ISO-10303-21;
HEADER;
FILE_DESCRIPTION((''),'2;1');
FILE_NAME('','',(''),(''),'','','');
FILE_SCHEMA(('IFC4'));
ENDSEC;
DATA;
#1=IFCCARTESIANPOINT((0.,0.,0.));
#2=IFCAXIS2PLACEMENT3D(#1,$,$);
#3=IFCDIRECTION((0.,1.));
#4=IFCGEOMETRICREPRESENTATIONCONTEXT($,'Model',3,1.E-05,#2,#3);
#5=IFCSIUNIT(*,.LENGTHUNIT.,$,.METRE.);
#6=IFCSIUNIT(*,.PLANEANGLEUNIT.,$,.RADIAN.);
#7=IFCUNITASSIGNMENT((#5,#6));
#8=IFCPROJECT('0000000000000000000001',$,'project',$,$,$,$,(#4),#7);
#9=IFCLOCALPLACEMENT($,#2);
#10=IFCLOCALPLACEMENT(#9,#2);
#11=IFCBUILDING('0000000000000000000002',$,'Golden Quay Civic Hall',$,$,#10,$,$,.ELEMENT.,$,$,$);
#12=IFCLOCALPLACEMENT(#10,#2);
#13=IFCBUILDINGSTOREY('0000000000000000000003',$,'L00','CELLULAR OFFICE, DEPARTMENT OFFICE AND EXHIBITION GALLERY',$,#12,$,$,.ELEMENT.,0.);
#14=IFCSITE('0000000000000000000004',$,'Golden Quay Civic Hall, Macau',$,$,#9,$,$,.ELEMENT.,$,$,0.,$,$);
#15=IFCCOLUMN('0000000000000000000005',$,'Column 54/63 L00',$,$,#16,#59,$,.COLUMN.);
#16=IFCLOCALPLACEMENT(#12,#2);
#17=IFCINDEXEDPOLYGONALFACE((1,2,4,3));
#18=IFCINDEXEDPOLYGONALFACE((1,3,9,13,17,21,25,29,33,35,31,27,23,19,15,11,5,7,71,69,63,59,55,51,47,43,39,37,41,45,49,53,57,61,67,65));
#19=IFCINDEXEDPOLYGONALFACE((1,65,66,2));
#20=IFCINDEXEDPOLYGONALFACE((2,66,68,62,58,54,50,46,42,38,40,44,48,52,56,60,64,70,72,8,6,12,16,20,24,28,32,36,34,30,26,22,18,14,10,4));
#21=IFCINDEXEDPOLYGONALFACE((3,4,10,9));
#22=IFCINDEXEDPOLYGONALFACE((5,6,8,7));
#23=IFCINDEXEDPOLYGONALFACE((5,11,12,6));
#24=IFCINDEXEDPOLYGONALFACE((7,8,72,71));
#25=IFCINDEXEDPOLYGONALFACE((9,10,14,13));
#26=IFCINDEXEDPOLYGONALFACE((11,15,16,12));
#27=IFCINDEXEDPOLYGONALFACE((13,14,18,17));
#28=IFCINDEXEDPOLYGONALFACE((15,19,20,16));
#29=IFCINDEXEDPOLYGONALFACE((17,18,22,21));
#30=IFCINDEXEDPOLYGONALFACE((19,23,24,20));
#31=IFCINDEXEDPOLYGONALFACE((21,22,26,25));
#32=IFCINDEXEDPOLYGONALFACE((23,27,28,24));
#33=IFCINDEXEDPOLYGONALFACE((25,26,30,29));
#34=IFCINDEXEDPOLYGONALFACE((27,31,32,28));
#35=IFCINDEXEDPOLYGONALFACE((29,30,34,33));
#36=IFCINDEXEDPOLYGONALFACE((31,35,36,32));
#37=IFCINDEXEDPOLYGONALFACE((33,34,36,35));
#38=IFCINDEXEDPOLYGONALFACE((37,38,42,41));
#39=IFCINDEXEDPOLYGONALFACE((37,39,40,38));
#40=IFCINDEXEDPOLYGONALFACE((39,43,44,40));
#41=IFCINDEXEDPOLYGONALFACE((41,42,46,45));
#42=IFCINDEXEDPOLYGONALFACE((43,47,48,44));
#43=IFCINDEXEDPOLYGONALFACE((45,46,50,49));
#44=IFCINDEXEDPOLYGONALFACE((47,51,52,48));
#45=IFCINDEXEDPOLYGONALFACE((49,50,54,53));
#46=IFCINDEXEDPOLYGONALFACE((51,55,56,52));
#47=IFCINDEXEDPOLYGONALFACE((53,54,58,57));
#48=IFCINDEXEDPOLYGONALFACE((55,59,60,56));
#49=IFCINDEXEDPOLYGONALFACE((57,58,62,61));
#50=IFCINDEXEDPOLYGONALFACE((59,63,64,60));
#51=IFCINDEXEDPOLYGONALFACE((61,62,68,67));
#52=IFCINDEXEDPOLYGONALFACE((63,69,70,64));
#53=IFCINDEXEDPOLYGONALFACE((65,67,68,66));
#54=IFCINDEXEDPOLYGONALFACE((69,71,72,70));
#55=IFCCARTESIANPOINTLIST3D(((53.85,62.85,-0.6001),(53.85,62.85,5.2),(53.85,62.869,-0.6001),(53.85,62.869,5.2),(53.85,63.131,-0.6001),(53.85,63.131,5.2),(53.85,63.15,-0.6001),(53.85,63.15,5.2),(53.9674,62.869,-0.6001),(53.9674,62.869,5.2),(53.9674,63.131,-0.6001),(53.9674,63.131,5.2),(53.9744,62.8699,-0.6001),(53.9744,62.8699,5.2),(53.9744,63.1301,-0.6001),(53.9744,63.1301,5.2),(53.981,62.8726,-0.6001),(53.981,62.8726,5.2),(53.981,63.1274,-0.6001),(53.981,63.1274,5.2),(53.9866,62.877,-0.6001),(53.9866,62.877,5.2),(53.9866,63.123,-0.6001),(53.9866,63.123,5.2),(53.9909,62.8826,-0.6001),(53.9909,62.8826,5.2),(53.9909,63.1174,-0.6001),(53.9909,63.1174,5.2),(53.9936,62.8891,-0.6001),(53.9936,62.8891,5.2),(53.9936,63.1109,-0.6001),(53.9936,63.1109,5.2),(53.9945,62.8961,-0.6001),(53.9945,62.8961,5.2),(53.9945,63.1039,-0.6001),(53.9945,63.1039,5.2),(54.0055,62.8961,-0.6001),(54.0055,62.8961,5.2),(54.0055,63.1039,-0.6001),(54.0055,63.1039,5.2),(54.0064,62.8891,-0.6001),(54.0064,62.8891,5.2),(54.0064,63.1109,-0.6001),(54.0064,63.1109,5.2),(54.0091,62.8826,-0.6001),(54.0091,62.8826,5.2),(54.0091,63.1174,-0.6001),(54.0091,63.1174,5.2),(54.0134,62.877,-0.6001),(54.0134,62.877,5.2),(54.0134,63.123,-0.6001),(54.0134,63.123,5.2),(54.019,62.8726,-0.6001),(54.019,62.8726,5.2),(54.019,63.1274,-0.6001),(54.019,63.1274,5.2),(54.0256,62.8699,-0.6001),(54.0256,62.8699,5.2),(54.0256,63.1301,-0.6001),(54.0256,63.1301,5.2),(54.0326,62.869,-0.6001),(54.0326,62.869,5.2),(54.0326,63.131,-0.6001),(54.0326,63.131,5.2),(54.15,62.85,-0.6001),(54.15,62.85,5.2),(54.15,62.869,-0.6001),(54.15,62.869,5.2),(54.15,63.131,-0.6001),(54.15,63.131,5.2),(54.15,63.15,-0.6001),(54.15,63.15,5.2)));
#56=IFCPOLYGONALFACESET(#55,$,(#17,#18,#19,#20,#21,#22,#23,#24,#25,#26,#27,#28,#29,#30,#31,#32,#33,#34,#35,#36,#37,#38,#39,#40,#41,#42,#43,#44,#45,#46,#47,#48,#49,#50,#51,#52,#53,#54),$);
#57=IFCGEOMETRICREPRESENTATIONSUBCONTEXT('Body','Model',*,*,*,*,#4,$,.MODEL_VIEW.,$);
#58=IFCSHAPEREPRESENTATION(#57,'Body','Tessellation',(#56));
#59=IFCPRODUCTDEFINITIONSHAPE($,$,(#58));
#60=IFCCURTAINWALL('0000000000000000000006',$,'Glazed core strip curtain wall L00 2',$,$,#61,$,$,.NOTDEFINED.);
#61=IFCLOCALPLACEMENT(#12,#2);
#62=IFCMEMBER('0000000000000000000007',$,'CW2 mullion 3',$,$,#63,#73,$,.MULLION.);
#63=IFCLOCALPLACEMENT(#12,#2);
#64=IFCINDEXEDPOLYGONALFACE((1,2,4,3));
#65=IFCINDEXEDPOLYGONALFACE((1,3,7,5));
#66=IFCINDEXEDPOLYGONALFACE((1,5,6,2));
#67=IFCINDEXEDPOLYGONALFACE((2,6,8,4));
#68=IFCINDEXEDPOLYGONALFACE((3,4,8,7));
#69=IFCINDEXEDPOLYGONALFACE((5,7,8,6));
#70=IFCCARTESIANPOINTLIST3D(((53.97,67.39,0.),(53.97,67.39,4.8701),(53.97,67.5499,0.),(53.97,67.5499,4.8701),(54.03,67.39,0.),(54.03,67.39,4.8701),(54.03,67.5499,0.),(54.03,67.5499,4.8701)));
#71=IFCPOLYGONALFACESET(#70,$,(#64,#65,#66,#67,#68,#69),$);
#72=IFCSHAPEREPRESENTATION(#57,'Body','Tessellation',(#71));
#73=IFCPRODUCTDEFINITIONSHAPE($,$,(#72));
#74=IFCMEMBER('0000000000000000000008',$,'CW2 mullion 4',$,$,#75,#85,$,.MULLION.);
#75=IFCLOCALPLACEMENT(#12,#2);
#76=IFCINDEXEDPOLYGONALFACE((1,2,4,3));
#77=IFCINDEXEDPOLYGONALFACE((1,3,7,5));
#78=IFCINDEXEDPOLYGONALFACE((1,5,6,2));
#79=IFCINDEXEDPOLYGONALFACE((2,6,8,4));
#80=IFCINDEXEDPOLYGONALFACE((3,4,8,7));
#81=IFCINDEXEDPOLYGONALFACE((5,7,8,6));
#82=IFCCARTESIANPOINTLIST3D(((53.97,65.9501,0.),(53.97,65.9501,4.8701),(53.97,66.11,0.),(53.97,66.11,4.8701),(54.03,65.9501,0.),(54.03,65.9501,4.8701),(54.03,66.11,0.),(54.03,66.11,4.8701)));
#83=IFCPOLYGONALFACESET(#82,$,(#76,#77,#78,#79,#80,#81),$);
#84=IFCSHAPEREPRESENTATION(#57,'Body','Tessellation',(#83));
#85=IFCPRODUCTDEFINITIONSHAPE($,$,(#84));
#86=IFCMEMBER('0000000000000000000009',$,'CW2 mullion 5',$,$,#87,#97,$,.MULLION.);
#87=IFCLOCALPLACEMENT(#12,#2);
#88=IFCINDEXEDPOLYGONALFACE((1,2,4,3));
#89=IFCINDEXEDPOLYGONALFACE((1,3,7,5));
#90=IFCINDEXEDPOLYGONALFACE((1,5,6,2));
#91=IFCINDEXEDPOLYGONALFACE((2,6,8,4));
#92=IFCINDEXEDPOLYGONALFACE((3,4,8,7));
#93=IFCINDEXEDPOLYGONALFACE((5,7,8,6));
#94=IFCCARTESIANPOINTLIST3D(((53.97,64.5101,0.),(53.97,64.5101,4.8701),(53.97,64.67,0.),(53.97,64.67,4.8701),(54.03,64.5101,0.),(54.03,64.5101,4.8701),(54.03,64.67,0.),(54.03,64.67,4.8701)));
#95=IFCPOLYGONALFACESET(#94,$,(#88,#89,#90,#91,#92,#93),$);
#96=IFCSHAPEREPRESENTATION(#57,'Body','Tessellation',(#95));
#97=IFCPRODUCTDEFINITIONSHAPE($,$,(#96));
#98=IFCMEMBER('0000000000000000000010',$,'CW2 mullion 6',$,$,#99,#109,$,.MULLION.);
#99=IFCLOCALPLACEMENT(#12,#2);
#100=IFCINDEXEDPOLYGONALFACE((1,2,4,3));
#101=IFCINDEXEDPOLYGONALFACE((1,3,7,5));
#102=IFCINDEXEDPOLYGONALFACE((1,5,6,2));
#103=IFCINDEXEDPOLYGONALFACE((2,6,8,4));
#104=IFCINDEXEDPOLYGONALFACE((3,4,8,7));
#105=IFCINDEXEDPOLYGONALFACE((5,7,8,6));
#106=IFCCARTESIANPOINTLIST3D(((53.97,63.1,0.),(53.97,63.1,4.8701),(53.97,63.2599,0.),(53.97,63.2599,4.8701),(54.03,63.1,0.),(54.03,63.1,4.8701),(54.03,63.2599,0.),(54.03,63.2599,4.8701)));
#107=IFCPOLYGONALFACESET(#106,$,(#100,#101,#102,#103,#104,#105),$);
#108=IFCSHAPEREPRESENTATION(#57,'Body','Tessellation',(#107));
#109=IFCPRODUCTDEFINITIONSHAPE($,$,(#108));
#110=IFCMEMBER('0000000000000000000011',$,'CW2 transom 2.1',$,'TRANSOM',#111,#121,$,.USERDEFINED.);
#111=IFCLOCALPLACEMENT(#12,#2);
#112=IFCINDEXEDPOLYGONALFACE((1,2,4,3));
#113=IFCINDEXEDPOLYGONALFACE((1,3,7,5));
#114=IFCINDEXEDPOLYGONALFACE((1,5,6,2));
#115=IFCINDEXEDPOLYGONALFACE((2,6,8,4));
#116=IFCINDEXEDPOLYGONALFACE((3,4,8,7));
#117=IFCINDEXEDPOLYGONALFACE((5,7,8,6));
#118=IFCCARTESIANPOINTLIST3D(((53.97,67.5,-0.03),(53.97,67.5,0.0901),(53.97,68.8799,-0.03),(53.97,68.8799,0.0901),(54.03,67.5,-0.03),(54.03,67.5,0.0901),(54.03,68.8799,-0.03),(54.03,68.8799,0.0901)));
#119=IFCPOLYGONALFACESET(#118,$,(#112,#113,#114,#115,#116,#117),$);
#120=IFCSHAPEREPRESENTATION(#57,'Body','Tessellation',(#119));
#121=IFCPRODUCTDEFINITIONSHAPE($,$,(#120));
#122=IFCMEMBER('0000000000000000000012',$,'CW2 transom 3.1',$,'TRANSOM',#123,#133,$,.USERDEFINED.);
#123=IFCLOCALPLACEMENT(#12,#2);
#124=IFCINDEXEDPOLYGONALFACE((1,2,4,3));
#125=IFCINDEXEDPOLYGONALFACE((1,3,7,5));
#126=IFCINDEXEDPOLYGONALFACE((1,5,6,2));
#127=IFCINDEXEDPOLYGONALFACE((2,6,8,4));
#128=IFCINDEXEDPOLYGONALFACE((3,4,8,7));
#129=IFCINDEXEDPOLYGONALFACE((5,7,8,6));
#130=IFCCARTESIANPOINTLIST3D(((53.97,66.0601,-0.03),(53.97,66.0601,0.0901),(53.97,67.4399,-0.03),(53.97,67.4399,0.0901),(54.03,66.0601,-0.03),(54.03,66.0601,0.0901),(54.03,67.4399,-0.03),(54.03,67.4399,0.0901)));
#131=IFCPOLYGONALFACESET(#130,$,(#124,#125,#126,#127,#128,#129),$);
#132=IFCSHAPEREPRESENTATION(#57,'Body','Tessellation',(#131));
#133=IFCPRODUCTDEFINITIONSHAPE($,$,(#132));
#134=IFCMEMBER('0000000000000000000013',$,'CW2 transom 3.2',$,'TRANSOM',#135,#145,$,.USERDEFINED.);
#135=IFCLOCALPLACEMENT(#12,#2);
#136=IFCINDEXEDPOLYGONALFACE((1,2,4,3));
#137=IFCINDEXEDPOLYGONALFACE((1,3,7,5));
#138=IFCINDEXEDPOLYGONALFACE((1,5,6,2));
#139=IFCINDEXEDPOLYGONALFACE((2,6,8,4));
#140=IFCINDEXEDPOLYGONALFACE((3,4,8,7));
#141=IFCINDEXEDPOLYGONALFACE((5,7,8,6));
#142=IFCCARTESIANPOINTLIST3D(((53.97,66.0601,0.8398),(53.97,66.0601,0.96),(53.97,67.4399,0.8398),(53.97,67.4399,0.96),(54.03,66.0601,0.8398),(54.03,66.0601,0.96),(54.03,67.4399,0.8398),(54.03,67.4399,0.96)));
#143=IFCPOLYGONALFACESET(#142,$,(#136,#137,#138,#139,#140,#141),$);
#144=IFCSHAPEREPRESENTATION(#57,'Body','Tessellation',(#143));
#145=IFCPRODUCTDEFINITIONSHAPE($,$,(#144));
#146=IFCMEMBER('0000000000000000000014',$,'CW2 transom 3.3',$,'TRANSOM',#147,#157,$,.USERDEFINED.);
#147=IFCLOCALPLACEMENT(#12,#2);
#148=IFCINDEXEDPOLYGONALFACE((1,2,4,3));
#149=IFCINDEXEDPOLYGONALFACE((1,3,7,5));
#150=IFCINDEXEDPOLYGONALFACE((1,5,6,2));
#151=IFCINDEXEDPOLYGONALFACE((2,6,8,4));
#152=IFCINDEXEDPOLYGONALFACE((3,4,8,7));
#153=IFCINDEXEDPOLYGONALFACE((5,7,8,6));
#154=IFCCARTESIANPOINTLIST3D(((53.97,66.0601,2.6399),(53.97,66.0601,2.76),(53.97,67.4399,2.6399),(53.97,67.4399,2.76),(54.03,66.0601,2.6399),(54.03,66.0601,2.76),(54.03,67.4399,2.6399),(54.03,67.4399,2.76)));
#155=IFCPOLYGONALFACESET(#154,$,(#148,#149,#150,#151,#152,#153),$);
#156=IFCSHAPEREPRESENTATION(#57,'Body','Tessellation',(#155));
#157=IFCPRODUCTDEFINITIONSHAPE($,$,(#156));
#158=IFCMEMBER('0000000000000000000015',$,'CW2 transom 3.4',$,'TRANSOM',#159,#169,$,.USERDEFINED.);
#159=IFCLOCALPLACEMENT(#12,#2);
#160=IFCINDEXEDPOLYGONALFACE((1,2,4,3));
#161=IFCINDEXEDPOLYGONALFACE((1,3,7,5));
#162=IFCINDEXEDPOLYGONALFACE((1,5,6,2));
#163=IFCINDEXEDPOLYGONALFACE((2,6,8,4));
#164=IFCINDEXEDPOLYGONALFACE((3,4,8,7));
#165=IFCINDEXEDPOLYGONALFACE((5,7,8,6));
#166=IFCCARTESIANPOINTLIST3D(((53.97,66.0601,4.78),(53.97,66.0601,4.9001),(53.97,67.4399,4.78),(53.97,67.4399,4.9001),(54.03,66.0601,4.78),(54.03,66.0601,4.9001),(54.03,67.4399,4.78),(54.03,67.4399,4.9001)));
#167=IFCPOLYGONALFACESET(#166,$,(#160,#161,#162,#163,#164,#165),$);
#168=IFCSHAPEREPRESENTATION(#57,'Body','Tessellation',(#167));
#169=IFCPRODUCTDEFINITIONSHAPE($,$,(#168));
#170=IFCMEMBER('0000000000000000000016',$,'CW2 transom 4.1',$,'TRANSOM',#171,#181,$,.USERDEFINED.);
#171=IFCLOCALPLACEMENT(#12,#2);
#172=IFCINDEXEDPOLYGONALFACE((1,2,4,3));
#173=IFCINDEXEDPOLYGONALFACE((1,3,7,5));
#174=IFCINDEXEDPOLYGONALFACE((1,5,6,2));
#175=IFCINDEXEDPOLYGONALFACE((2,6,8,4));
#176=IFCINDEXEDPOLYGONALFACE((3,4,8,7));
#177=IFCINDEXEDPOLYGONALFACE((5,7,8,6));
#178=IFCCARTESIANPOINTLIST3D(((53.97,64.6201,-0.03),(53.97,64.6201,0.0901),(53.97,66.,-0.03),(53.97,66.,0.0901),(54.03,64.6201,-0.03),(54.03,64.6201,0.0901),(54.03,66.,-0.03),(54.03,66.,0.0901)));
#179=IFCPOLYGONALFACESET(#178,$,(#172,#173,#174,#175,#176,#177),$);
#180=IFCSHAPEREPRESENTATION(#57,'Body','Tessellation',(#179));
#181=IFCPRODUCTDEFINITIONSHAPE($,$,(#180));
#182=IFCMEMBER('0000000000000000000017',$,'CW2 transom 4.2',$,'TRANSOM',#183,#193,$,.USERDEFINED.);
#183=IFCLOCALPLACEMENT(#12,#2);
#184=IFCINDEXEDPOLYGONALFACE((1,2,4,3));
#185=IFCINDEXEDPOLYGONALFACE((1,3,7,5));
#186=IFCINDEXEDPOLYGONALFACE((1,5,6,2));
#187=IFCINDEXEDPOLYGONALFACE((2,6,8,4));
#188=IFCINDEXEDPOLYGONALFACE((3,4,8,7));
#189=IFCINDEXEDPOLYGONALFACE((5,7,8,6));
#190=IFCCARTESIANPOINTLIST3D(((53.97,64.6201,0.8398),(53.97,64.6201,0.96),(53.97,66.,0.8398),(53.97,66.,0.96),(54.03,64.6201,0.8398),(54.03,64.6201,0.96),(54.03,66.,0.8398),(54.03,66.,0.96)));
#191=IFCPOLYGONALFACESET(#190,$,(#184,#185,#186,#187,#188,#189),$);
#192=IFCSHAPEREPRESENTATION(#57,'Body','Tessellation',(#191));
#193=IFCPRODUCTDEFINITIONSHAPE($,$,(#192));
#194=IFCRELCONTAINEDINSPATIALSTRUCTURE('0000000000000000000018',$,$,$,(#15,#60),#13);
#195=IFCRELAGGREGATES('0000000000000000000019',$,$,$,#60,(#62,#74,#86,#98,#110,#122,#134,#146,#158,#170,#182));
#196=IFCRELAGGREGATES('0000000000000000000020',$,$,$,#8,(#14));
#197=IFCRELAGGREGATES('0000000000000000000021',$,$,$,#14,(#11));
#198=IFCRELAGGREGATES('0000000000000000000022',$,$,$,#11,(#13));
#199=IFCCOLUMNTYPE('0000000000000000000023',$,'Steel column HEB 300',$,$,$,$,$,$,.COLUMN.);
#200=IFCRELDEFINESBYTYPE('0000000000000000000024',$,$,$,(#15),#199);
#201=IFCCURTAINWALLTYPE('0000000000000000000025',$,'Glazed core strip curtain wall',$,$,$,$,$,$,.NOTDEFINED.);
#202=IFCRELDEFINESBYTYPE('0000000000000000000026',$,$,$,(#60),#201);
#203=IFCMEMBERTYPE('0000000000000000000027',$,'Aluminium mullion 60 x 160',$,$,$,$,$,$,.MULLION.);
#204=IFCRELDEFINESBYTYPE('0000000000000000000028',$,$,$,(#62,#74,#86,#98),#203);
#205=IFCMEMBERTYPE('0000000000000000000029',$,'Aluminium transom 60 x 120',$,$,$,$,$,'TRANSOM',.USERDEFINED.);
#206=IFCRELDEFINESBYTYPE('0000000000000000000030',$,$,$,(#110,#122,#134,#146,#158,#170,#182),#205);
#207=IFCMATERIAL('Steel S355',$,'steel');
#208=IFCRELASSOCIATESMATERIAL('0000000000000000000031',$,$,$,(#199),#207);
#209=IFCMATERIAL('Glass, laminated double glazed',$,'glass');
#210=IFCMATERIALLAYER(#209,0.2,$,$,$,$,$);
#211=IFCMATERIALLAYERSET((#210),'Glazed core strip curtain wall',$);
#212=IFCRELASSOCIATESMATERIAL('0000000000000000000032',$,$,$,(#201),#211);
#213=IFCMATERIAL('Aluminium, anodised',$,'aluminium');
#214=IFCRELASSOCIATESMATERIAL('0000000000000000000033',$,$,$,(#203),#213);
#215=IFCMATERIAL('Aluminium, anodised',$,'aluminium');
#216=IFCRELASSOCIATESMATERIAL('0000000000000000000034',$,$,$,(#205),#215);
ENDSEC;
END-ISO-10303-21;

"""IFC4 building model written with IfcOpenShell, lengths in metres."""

from ifc_helpers import new_model, si_unit, direction, frame, origin, origin_2d, place, context, subcontext, project, spatial, rectangle, i_section, extrude, material, layer, layer_set, material_profile, profile_set, type_object, element, aggregate, save


model = new_model("IFC4")

# Units and contexts
model_context = context("Model", 3, precision=1e-05, world=origin(), true_north=direction((0.0, 1.0)))
body_context = subcontext(model_context, "Body", "Model", "MODEL_VIEW")
ifc_project = project(units=[si_unit("LENGTHUNIT", "METRE"), si_unit("PLANEANGLEUNIT", "RADIAN")], contexts=[model_context])

# Site, building, storey
site_placement = place(None, origin())
site = spatial("IfcSite", under=ifc_project, at=site_placement, Name="Golden Quay Civic Hall, Macau", CompositionType="ELEMENT", RefElevation=0.0)
building_placement = place(site_placement, origin())
building = spatial("IfcBuilding", under=site, at=building_placement, Name="Golden Quay Civic Hall", CompositionType="ELEMENT")
storey_placement = place(building_placement, origin())
storey = spatial("IfcBuildingStorey", under=building, at=storey_placement, Name="L00", Description="CELLULAR OFFICE, DEPARTMENT OFFICE AND EXHIBITION GALLERY", CompositionType="ELEMENT", Elevation=0.0)

# Column
ifc_material_1 = material(Name="Steel S355", Category="steel")
ifc_material_profile_1 = material_profile(ifc_material_1, i_section(OverallWidth=0.3, OverallDepth=0.3, WebThickness=0.011, FlangeThickness=0.019, FilletRadius=0.0271, at=origin_2d()), Name="HEB 300")
ifc_profile_set_1 = profile_set([ifc_material_profile_1], Name="Steel S355")
column_type = type_object("IfcColumnType", Name="Steel column HEB 300", PredefinedType="COLUMN", material=ifc_profile_set_1)
column_placement = place(storey_placement, frame((54.0, 63.0, -0.6001), z_axis=(0.0, 0.0, 1.0), x_axis=(1.0, 0.0, 0.0)))
element("IfcColumn", 1, at=column_placement, inside=storey, type_object=column_type, Name="Column 54/63 L00", PredefinedType="COLUMN", context=body_context, shape_type="SweptSolid", body=[
    extrude(i_section(OverallWidth=0.3, OverallDepth=0.3, WebThickness=0.011, FlangeThickness=0.019, FilletRadius=0.0271, at=origin_2d()), origin(), (0.0, 0.0, 1.0), 5.8),
])

# Curtain wall, members
ifc_material_2 = material(Name="Glass, laminated double glazed", Category="glass")
ifc_layer_1 = layer(ifc_material_2, 0.2)
ifc_layer_set_1 = layer_set([ifc_layer_1], Name="Glazed core strip curtain wall")
curtain_wall_type = type_object("IfcCurtainWallType", Name="Glazed core strip curtain wall", PredefinedType="NOTDEFINED", material=ifc_layer_set_1)
curtain_wall_placement = place(storey_placement, origin())
curtain_wall = element("IfcCurtainWall", 2, at=curtain_wall_placement, inside=storey, type_object=curtain_wall_type, Name="Glazed core strip curtain wall L00 2", PredefinedType="NOTDEFINED")
ifc_material_3 = material(Name="Aluminium, anodised", Category="aluminium")
ifc_material_profile_2 = material_profile(ifc_material_3, rectangle(XDim=0.0601, YDim=0.1599, at=origin_2d()), Name="Aluminium 60 x 160")
ifc_profile_set_2 = profile_set([ifc_material_profile_2], Name="Aluminium, anodised")
member_type_1 = type_object("IfcMemberType", Name="Aluminium mullion 60 x 160", PredefinedType="MULLION", material=ifc_profile_set_2)
member_1_placement = place(storey_placement, frame((54.0, 67.47, 0.0), z_axis=(0.0, 0.0, 1.0), x_axis=(1.0, 0.0, 0.0)))
member_1 = element("IfcMember", 3, at=member_1_placement, type_object=member_type_1, Name="CW2 mullion 3", PredefinedType="MULLION", context=body_context, shape_type="SweptSolid", body=[
    extrude(rectangle(XDim=0.0601, YDim=0.1599, at=origin_2d()), origin(), (0.0, 0.0, 1.0), 4.8701),
])
member_2_placement = place(storey_placement, frame((54.0, 66.03, 0.0), z_axis=(0.0, 0.0, 1.0), x_axis=(1.0, 0.0, 0.0)))
member_2 = element("IfcMember", 4, at=member_2_placement, type_object=member_type_1, Name="CW2 mullion 4", PredefinedType="MULLION", context=body_context, shape_type="SweptSolid", body=[
    extrude(rectangle(XDim=0.0601, YDim=0.1599, at=origin_2d()), origin(), (0.0, 0.0, 1.0), 4.8701),
])
member_3_placement = place(storey_placement, frame((54.0, 64.5901, 0.0), z_axis=(0.0, 0.0, 1.0), x_axis=(1.0, 0.0, 0.0)))
member_3 = element("IfcMember", 5, at=member_3_placement, type_object=member_type_1, Name="CW2 mullion 5", PredefinedType="MULLION", context=body_context, shape_type="SweptSolid", body=[
    extrude(rectangle(XDim=0.0601, YDim=0.1599, at=origin_2d()), origin(), (0.0, 0.0, 1.0), 4.8701),
])
member_4_placement = place(storey_placement, frame((54.0, 63.1799, 0.0), z_axis=(0.0, 0.0, 1.0), x_axis=(1.0, 0.0, 0.0)))
member_4 = element("IfcMember", 6, at=member_4_placement, type_object=member_type_1, Name="CW2 mullion 6", PredefinedType="MULLION", context=body_context, shape_type="SweptSolid", body=[
    extrude(rectangle(XDim=0.0601, YDim=0.1599, at=origin_2d()), origin(), (0.0, 0.0, 1.0), 4.8701),
])
ifc_material_4 = material(Name="Aluminium, anodised", Category="aluminium")
ifc_material_profile_3 = material_profile(ifc_material_4, rectangle(XDim=0.0601, YDim=0.1201, at=origin_2d()), Name="Aluminium 60 x 120")
ifc_profile_set_3 = profile_set([ifc_material_profile_3], Name="Aluminium, anodised")
member_type_2 = type_object("IfcMemberType", Name="Aluminium transom 60 x 120", ElementType="TRANSOM", PredefinedType="USERDEFINED", material=ifc_profile_set_3)
member_5_placement = place(storey_placement, frame((54.0, 68.8799, 0.03), z_axis=(0.0, -1.0, 0.0), x_axis=(1.0, 0.0, 0.0)))
member_5 = element("IfcMember", 7, at=member_5_placement, type_object=member_type_2, Name="CW2 transom 2.1", ObjectType="TRANSOM", PredefinedType="USERDEFINED", context=body_context, shape_type="SweptSolid", body=[
    extrude(rectangle(XDim=0.0601, YDim=0.1201, at=origin_2d()), origin(), (0.0, 0.0, 1.0), 1.3799),
])
member_6_placement = place(storey_placement, frame((54.0, 67.4399, 0.03), z_axis=(0.0, -1.0, 0.0), x_axis=(1.0, 0.0, 0.0)))
member_6 = element("IfcMember", 8, at=member_6_placement, type_object=member_type_2, Name="CW2 transom 3.1", ObjectType="TRANSOM", PredefinedType="USERDEFINED", context=body_context, shape_type="SweptSolid", body=[
    extrude(rectangle(XDim=0.0601, YDim=0.1201, at=origin_2d()), origin(), (0.0, 0.0, 1.0), 1.3799),
])
member_7_placement = place(storey_placement, frame((54.0, 67.4399, 0.8999), z_axis=(0.0, -1.0, 0.0), x_axis=(1.0, 0.0, 0.0)))
member_7 = element("IfcMember", 9, at=member_7_placement, type_object=member_type_2, Name="CW2 transom 3.2", ObjectType="TRANSOM", PredefinedType="USERDEFINED", context=body_context, shape_type="SweptSolid", body=[
    extrude(rectangle(XDim=0.0601, YDim=0.1201, at=origin_2d()), origin(), (0.0, 0.0, 1.0), 1.3799),
])
member_8_placement = place(storey_placement, frame((54.0, 67.4399, 2.7), z_axis=(0.0, -1.0, 0.0), x_axis=(1.0, 0.0, 0.0)))
member_8 = element("IfcMember", 10, at=member_8_placement, type_object=member_type_2, Name="CW2 transom 3.3", ObjectType="TRANSOM", PredefinedType="USERDEFINED", context=body_context, shape_type="SweptSolid", body=[
    extrude(rectangle(XDim=0.0601, YDim=0.1201, at=origin_2d()), origin(), (0.0, 0.0, 1.0), 1.3799),
])
member_9_placement = place(storey_placement, frame((54.0, 67.4399, 4.8401), z_axis=(0.0, -1.0, 0.0), x_axis=(1.0, 0.0, 0.0)))
member_9 = element("IfcMember", 11, at=member_9_placement, type_object=member_type_2, Name="CW2 transom 3.4", ObjectType="TRANSOM", PredefinedType="USERDEFINED", context=body_context, shape_type="SweptSolid", body=[
    extrude(rectangle(XDim=0.0601, YDim=0.1201, at=origin_2d()), origin(), (0.0, 0.0, 1.0), 1.3799),
])
member_10_placement = place(storey_placement, frame((54.0, 66.0, 0.03), z_axis=(0.0, -1.0, 0.0), x_axis=(1.0, 0.0, 0.0)))
member_10 = element("IfcMember", 12, at=member_10_placement, type_object=member_type_2, Name="CW2 transom 4.1", ObjectType="TRANSOM", PredefinedType="USERDEFINED", context=body_context, shape_type="SweptSolid", body=[
    extrude(rectangle(XDim=0.0601, YDim=0.1201, at=origin_2d()), origin(), (0.0, 0.0, 1.0), 1.3799),
])
member_11_placement = place(storey_placement, frame((54.0, 66.0, 0.8999), z_axis=(0.0, -1.0, 0.0), x_axis=(1.0, 0.0, 0.0)))
member_11 = element("IfcMember", 13, at=member_11_placement, type_object=member_type_2, Name="CW2 transom 4.2", ObjectType="TRANSOM", PredefinedType="USERDEFINED", context=body_context, shape_type="SweptSolid", body=[
    extrude(rectangle(XDim=0.0601, YDim=0.1201, at=origin_2d()), origin(), (0.0, 0.0, 1.0), 1.3799),
])
aggregate(curtain_wall, [member_1, member_2, member_3, member_4, member_5, member_6, member_7, member_8, member_9, member_10, member_11])

save(model, "model.ifc")
